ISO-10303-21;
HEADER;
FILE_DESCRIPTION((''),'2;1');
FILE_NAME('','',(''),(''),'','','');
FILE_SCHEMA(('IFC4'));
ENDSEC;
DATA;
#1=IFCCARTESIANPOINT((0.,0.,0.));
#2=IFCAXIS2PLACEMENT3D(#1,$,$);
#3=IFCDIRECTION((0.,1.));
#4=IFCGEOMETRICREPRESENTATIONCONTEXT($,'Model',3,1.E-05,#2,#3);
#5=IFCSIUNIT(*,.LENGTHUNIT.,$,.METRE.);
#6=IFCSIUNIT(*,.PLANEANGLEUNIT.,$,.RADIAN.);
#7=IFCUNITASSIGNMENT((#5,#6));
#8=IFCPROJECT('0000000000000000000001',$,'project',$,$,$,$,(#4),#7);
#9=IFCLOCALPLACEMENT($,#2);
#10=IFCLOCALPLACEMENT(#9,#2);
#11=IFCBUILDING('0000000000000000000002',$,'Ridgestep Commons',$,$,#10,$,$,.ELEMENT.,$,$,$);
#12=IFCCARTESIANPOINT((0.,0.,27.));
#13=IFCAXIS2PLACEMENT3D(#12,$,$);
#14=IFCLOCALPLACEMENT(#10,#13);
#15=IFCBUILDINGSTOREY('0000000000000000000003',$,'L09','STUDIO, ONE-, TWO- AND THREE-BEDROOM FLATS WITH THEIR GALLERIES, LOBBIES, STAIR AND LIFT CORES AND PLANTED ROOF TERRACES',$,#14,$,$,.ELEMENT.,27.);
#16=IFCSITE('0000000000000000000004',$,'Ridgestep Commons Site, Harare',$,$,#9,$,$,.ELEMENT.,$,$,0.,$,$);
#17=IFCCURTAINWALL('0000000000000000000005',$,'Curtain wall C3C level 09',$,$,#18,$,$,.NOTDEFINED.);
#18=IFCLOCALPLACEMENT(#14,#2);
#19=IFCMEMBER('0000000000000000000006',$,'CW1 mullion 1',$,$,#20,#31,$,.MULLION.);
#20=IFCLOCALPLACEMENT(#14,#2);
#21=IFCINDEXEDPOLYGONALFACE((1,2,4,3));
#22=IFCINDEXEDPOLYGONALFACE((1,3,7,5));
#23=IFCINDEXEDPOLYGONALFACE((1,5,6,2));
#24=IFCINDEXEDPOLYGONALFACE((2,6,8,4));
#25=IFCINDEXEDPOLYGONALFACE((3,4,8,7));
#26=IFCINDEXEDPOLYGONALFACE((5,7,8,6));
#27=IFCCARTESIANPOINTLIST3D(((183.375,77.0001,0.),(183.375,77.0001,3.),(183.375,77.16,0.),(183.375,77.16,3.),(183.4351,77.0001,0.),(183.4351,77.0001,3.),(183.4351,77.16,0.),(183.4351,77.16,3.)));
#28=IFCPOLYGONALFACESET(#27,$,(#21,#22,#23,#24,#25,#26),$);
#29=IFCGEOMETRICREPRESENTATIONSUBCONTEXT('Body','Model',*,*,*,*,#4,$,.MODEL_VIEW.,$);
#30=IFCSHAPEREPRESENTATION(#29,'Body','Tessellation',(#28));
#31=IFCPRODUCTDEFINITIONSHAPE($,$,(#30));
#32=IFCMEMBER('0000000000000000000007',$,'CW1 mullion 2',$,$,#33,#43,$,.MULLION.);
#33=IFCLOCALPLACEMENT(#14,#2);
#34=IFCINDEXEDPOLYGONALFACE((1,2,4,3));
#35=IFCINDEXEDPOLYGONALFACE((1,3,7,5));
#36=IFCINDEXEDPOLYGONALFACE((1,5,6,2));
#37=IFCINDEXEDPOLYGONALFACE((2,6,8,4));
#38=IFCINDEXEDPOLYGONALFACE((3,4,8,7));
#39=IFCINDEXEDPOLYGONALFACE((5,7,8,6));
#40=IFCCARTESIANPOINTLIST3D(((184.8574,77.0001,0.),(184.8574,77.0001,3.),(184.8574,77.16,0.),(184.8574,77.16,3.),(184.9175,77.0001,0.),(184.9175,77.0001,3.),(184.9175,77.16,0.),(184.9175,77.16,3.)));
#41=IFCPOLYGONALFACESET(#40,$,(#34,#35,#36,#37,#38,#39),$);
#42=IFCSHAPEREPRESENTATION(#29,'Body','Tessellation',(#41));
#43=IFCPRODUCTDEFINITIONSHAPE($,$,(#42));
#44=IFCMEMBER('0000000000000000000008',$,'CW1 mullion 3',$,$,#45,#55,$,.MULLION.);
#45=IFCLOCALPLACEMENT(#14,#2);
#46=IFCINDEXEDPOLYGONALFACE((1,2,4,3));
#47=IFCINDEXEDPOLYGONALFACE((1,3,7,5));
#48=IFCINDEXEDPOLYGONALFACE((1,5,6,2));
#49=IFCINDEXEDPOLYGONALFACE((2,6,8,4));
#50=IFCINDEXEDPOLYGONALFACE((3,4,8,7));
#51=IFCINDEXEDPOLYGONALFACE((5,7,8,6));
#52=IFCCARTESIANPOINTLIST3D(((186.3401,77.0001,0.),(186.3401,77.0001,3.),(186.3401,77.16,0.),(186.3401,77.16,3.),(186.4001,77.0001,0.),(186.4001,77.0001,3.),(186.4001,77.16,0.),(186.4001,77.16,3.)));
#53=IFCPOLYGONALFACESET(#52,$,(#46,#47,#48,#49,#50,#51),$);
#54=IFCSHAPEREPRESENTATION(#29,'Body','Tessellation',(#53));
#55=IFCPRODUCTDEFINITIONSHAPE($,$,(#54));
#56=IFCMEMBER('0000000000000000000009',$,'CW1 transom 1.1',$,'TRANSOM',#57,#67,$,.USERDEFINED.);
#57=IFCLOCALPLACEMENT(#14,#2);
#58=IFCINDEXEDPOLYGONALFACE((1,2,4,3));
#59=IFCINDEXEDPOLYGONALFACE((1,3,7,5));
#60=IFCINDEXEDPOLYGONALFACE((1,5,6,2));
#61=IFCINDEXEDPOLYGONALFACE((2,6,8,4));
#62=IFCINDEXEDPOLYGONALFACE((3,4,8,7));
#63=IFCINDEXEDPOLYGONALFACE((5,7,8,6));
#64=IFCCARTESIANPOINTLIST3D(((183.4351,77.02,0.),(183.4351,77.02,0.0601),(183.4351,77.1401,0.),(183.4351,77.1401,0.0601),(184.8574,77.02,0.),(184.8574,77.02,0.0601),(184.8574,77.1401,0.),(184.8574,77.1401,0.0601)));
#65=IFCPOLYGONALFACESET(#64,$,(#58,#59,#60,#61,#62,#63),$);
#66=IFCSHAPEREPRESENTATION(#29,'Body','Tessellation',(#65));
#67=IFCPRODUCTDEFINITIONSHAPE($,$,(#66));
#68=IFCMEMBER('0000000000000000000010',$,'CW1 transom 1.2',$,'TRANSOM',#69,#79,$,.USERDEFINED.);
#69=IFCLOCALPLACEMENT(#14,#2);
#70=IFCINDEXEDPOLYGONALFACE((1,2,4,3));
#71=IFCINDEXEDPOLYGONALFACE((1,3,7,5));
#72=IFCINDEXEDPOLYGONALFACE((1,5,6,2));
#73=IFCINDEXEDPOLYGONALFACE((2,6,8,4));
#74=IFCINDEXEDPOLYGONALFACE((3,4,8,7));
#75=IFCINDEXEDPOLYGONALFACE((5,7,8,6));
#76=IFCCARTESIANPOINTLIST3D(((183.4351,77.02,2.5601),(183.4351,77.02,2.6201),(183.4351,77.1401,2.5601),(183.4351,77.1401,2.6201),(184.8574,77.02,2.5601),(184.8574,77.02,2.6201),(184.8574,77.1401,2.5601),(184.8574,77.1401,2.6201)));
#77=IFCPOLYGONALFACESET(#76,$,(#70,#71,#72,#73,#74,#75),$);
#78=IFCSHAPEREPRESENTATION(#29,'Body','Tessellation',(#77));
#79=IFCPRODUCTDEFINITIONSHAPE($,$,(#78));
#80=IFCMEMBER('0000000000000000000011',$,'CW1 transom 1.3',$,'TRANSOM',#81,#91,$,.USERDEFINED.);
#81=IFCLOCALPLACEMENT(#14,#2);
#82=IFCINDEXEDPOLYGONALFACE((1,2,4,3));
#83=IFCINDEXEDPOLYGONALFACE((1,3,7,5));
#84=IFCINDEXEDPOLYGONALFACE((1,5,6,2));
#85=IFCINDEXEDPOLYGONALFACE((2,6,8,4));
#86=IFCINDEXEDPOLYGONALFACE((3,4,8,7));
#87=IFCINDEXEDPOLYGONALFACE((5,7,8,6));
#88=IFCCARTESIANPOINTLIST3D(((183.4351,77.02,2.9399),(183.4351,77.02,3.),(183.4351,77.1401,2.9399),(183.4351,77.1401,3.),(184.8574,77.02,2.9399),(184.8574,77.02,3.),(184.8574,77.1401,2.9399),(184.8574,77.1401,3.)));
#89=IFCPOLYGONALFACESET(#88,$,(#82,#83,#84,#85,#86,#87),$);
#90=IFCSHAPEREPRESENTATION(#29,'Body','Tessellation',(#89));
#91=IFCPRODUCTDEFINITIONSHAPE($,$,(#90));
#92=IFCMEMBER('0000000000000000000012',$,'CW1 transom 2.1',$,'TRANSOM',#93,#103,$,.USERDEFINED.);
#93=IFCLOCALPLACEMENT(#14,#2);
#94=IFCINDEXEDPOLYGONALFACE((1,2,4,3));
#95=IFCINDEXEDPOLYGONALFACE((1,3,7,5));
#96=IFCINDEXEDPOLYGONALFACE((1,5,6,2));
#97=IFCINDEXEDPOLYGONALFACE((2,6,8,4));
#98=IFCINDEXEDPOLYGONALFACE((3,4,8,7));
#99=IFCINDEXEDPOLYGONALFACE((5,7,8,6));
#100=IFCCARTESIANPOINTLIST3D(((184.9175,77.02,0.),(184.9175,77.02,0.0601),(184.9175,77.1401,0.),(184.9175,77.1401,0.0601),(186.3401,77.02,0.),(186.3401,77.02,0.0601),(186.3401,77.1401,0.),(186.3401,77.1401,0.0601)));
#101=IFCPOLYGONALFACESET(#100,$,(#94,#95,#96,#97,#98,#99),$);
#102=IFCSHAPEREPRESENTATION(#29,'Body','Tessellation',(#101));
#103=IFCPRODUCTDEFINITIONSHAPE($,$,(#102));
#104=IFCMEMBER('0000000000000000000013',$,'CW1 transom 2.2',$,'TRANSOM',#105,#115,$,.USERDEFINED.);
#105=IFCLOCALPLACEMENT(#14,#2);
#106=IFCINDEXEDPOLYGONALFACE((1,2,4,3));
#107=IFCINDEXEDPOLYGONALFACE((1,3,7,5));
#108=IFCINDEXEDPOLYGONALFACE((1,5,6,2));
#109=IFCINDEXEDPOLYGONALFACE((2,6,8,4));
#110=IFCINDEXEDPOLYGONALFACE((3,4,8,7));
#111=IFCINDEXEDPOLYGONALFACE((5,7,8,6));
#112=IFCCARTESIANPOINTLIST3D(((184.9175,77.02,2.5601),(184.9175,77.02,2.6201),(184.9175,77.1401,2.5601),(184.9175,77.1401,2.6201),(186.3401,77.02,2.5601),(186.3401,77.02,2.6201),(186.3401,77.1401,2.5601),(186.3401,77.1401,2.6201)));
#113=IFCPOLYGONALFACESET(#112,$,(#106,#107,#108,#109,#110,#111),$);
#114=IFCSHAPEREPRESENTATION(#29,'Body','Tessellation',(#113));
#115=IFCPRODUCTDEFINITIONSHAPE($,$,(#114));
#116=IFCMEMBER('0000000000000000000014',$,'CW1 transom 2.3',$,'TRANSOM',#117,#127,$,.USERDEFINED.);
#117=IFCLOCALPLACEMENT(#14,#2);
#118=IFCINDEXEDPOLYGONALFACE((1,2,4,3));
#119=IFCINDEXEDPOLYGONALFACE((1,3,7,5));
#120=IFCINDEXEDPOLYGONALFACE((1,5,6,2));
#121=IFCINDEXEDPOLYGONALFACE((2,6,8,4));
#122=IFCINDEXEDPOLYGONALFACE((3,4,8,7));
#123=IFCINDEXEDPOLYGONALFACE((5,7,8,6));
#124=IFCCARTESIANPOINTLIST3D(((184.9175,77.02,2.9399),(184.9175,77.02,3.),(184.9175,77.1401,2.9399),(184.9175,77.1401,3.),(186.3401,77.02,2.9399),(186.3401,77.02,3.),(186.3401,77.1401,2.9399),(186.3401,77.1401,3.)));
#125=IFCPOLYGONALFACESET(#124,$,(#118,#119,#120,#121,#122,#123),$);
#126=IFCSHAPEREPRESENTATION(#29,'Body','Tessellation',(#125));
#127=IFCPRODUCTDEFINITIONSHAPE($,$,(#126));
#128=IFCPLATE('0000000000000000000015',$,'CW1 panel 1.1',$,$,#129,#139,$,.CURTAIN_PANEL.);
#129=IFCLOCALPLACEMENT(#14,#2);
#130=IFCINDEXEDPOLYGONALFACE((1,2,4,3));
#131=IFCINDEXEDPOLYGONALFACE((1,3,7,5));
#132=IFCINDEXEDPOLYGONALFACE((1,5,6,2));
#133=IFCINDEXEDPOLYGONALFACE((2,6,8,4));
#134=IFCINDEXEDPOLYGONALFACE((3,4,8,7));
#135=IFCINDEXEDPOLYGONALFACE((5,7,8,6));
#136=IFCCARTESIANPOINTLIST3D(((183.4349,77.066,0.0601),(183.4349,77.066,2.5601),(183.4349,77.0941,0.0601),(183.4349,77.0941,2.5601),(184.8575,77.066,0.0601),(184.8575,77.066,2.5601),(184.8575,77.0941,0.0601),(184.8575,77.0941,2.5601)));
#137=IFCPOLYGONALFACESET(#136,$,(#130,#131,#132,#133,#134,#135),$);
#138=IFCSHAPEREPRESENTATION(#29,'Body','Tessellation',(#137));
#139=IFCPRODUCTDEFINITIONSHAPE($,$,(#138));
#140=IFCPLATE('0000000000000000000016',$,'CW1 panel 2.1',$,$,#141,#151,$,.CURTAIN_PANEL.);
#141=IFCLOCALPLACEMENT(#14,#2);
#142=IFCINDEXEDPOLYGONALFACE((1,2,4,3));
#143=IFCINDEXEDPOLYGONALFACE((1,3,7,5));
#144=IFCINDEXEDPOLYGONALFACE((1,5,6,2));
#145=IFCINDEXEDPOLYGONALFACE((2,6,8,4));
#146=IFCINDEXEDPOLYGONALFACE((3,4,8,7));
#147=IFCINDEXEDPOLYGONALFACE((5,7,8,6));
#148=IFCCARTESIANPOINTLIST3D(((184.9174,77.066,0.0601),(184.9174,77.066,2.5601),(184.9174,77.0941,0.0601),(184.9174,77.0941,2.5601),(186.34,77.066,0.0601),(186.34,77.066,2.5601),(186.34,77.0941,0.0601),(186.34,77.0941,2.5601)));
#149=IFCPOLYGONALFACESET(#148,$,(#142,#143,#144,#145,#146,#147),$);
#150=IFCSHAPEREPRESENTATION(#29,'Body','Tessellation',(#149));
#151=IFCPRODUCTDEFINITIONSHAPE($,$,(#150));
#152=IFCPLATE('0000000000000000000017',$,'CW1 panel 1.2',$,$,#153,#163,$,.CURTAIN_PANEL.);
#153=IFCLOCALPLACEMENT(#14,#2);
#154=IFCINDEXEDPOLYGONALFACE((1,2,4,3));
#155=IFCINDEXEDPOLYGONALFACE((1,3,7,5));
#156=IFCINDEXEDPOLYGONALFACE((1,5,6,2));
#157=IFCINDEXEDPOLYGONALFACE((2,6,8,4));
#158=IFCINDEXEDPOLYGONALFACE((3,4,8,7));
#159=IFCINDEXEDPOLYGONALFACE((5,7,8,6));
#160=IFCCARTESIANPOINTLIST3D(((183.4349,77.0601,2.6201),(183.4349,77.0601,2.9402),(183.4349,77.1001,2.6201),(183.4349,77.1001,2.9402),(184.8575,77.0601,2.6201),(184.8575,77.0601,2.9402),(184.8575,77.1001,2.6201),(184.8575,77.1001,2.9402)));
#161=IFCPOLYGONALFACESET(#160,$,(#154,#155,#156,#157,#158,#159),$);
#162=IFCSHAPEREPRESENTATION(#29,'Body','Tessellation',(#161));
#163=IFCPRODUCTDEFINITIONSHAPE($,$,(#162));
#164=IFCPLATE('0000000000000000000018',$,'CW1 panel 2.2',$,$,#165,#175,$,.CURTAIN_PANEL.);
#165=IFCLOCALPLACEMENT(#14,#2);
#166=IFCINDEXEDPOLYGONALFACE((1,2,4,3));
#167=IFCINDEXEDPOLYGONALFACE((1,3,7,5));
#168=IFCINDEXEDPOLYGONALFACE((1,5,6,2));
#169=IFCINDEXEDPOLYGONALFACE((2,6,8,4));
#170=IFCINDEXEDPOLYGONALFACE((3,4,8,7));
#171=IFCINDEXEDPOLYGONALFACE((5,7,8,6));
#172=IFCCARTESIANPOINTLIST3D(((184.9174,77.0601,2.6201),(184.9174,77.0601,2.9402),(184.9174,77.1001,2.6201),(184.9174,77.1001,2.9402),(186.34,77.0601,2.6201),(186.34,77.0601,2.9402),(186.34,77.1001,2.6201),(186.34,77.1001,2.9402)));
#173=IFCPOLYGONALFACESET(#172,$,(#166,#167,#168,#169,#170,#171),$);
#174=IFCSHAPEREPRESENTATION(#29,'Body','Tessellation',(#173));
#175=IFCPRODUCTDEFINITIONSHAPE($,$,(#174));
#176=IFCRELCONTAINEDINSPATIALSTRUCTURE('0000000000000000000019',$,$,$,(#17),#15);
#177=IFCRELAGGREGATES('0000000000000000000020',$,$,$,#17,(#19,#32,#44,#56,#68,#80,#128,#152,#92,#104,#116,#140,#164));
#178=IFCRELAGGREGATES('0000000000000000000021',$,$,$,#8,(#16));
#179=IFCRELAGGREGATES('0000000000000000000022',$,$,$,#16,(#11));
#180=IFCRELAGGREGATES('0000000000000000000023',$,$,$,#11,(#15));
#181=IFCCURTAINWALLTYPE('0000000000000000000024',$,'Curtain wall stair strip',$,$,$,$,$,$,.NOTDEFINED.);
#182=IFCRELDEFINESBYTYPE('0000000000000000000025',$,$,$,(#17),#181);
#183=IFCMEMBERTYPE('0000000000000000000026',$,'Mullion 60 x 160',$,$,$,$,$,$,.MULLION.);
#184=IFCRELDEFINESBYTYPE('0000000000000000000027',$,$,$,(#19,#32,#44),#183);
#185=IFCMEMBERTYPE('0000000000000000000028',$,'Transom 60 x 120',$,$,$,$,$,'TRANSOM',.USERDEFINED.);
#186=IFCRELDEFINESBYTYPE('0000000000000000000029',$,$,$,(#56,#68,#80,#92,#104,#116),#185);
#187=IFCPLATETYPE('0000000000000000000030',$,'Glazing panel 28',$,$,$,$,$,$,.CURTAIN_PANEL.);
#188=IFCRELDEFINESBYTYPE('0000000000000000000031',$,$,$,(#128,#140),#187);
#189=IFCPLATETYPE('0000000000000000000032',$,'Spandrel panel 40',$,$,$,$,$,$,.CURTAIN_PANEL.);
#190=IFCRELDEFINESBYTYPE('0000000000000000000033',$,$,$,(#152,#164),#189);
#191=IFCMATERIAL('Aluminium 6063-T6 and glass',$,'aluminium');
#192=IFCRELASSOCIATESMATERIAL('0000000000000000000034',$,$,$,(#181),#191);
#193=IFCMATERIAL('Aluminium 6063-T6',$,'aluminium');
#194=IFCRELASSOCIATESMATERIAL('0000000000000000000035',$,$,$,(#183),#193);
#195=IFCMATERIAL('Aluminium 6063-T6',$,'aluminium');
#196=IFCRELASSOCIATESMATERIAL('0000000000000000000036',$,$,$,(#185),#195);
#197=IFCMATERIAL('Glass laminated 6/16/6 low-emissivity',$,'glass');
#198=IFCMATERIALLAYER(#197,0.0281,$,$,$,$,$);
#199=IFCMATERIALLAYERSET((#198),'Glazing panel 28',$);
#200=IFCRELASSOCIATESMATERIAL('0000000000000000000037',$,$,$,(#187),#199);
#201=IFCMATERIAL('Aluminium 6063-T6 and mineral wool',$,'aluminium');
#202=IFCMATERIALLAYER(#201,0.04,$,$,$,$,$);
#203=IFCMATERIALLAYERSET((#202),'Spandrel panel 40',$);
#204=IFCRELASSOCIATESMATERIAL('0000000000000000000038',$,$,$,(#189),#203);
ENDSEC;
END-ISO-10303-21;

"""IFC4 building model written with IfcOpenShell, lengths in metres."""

from ifc_helpers import new_model, si_unit, direction, frame, origin, origin_2d, place, context, subcontext, project, spatial, rectangle, extrude, material, layer, layer_set, material_profile, profile_set, type_object, element, aggregate, save


model = new_model("IFC4")

# Units and contexts
model_context = context("Model", 3, precision=1e-05, world=origin(), true_north=direction((0.0, 1.0)))
body_context = subcontext(model_context, "Body", "Model", "MODEL_VIEW")
ifc_project = project(units=[si_unit("LENGTHUNIT", "METRE"), si_unit("PLANEANGLEUNIT", "RADIAN")], contexts=[model_context])

# Site, building, storey
site_placement = place(None, origin())
site = spatial("IfcSite", under=ifc_project, at=site_placement, Name="Ridgestep Commons Site, Harare", CompositionType="ELEMENT", RefElevation=0.0)
building_placement = place(site_placement, origin())
building = spatial("IfcBuilding", under=site, at=building_placement, Name="Ridgestep Commons", CompositionType="ELEMENT")
storey_placement = place(building_placement, frame((0.0, 0.0, 27.0)))
storey = spatial("IfcBuildingStorey", under=building, at=storey_placement, Name="L09", Description="STUDIO, ONE-, TWO- AND THREE-BEDROOM FLATS WITH THEIR GALLERIES, LOBBIES, STAIR AND LIFT CORES AND PLANTED ROOF TERRACES", CompositionType="ELEMENT", Elevation=27.0)

# Curtain wall, members, plates
ifc_material_1 = material(Name="Aluminium 6063-T6 and glass", Category="aluminium")
curtain_wall_type = type_object("IfcCurtainWallType", Name="Curtain wall stair strip", PredefinedType="NOTDEFINED", material=ifc_material_1)
curtain_wall_placement = place(storey_placement, origin())
curtain_wall = element("IfcCurtainWall", 1, at=curtain_wall_placement, inside=storey, type_object=curtain_wall_type, Name="Curtain wall C3C level 09", PredefinedType="NOTDEFINED")
ifc_material_2 = material(Name="Aluminium 6063-T6", Category="aluminium")
ifc_material_profile_1 = material_profile(ifc_material_2, rectangle(XDim=0.1599, YDim=0.0601, at=origin_2d()), Name="Mullion 60 x 160")
ifc_profile_set_1 = profile_set([ifc_material_profile_1], Name="Aluminium 6063-T6")
member_type_1 = type_object("IfcMemberType", Name="Mullion 60 x 160", PredefinedType="MULLION", material=ifc_profile_set_1)
member_1_placement = place(storey_placement, frame((183.405, 77.0801, 0.0), z_axis=(0.0, 0.0, 1.0), x_axis=(0.0, 1.0, 0.0)))
member_1 = element("IfcMember", 2, at=member_1_placement, type_object=member_type_1, Name="CW1 mullion 1", PredefinedType="MULLION", context=body_context, shape_type="SweptSolid", body=[
    extrude(rectangle(XDim=0.1599, YDim=0.0601, at=origin_2d()), origin(), (0.0, 0.0, 1.0), 3.0),
])
member_2_placement = place(storey_placement, frame((184.8875, 77.0801, 0.0), z_axis=(0.0, 0.0, 1.0), x_axis=(0.0, 1.0, 0.0)))
member_2 = element("IfcMember", 3, at=member_2_placement, type_object=member_type_1, Name="CW1 mullion 2", PredefinedType="MULLION", context=body_context, shape_type="SweptSolid", body=[
    extrude(rectangle(XDim=0.1599, YDim=0.0601, at=origin_2d()), origin(), (0.0, 0.0, 1.0), 3.0),
])
member_3_placement = place(storey_placement, frame((186.3701, 77.0801, 0.0), z_axis=(0.0, 0.0, 1.0), x_axis=(0.0, 1.0, 0.0)))
member_3 = element("IfcMember", 4, at=member_3_placement, type_object=member_type_1, Name="CW1 mullion 3", PredefinedType="MULLION", context=body_context, shape_type="SweptSolid", body=[
    extrude(rectangle(XDim=0.1599, YDim=0.0601, at=origin_2d()), origin(), (0.0, 0.0, 1.0), 3.0),
])
ifc_material_3 = material(Name="Aluminium 6063-T6", Category="aluminium")
ifc_material_profile_2 = material_profile(ifc_material_3, rectangle(XDim=0.1201, YDim=0.0601, at=origin_2d()), Name="Transom 60 x 120")
ifc_profile_set_2 = profile_set([ifc_material_profile_2], Name="Aluminium 6063-T6")
member_type_2 = type_object("IfcMemberType", Name="Transom 60 x 120", ElementType="TRANSOM", PredefinedType="USERDEFINED", material=ifc_profile_set_2)
member_4_placement = place(storey_placement, frame((183.4351, 77.0801, 0.03), z_axis=(1.0, 0.0, 0.0), x_axis=(0.0, 1.0, 0.0)))
member_4 = element("IfcMember", 5, at=member_4_placement, type_object=member_type_2, Name="CW1 transom 1.1", ObjectType="TRANSOM", PredefinedType="USERDEFINED", context=body_context, shape_type="SweptSolid", body=[
    extrude(rectangle(XDim=0.1201, YDim=0.0601, at=origin_2d()), origin(), (0.0, 0.0, 1.0), 1.4224),
])
member_5_placement = place(storey_placement, frame((183.4351, 77.0801, 2.5901), z_axis=(1.0, 0.0, 0.0), x_axis=(0.0, 1.0, 0.0)))
member_5 = element("IfcMember", 6, at=member_5_placement, type_object=member_type_2, Name="CW1 transom 1.2", ObjectType="TRANSOM", PredefinedType="USERDEFINED", context=body_context, shape_type="SweptSolid", body=[
    extrude(rectangle(XDim=0.1201, YDim=0.0601, at=origin_2d()), origin(), (0.0, 0.0, 1.0), 1.4224),
])
member_6_placement = place(storey_placement, frame((183.4351, 77.0801, 2.97), z_axis=(1.0, 0.0, 0.0), x_axis=(0.0, 1.0, 0.0)))
member_6 = element("IfcMember", 7, at=member_6_placement, type_object=member_type_2, Name="CW1 transom 1.3", ObjectType="TRANSOM", PredefinedType="USERDEFINED", context=body_context, shape_type="SweptSolid", body=[
    extrude(rectangle(XDim=0.1201, YDim=0.0601, at=origin_2d()), origin(), (0.0, 0.0, 1.0), 1.4224),
])
member_7_placement = place(storey_placement, frame((184.9175, 77.0801, 0.03), z_axis=(1.0, 0.0, 0.0), x_axis=(0.0, 1.0, 0.0)))
member_7 = element("IfcMember", 8, at=member_7_placement, type_object=member_type_2, Name="CW1 transom 2.1", ObjectType="TRANSOM", PredefinedType="USERDEFINED", context=body_context, shape_type="SweptSolid", body=[
    extrude(rectangle(XDim=0.1201, YDim=0.0601, at=origin_2d()), origin(), (0.0, 0.0, 1.0), 1.4226),
])
member_8_placement = place(storey_placement, frame((184.9175, 77.0801, 2.5901), z_axis=(1.0, 0.0, 0.0), x_axis=(0.0, 1.0, 0.0)))
member_8 = element("IfcMember", 9, at=member_8_placement, type_object=member_type_2, Name="CW1 transom 2.2", ObjectType="TRANSOM", PredefinedType="USERDEFINED", context=body_context, shape_type="SweptSolid", body=[
    extrude(rectangle(XDim=0.1201, YDim=0.0601, at=origin_2d()), origin(), (0.0, 0.0, 1.0), 1.4226),
])
member_9_placement = place(storey_placement, frame((184.9175, 77.0801, 2.97), z_axis=(1.0, 0.0, 0.0), x_axis=(0.0, 1.0, 0.0)))
member_9 = element("IfcMember", 10, at=member_9_placement, type_object=member_type_2, Name="CW1 transom 2.3", ObjectType="TRANSOM", PredefinedType="USERDEFINED", context=body_context, shape_type="SweptSolid", body=[
    extrude(rectangle(XDim=0.1201, YDim=0.0601, at=origin_2d()), origin(), (0.0, 0.0, 1.0), 1.4226),
])
ifc_material_4 = material(Name="Glass laminated 6/16/6 low-emissivity", Category="glass")
ifc_layer_1 = layer(ifc_material_4, 0.0281)
ifc_layer_set_1 = layer_set([ifc_layer_1], Name="Glazing panel 28")
plate_type_1 = type_object("IfcPlateType", Name="Glazing panel 28", PredefinedType="CURTAIN_PANEL", material=ifc_layer_set_1)
plate_1_placement = place(storey_placement, frame((184.1462, 77.0801, 0.0601), z_axis=(0.0, 0.0, 1.0), x_axis=(1.0, 0.0, 0.0)))
plate_1 = element("IfcPlate", 11, at=plate_1_placement, type_object=plate_type_1, Name="CW1 panel 1.1", PredefinedType="CURTAIN_PANEL", context=body_context, shape_type="SweptSolid", body=[
    extrude(rectangle(XDim=1.4226, YDim=0.0281, at=origin_2d()), origin(), (0.0, 0.0, 1.0), 2.5),
])
plate_2_placement = place(storey_placement, frame((185.6287, 77.0801, 0.0601), z_axis=(0.0, 0.0, 1.0), x_axis=(1.0, 0.0, 0.0)))
plate_2 = element("IfcPlate", 12, at=plate_2_placement, type_object=plate_type_1, Name="CW1 panel 2.1", PredefinedType="CURTAIN_PANEL", context=body_context, shape_type="SweptSolid", body=[
    extrude(rectangle(XDim=1.4226, YDim=0.0281, at=origin_2d()), origin(), (0.0, 0.0, 1.0), 2.5),
])
ifc_material_5 = material(Name="Aluminium 6063-T6 and mineral wool", Category="aluminium")
ifc_layer_2 = layer(ifc_material_5, 0.04)
ifc_layer_set_2 = layer_set([ifc_layer_2], Name="Spandrel panel 40")
plate_type_2 = type_object("IfcPlateType", Name="Spandrel panel 40", PredefinedType="CURTAIN_PANEL", material=ifc_layer_set_2)
plate_3_placement = place(storey_placement, frame((184.1462, 77.0801, 2.6201), z_axis=(0.0, 0.0, 1.0), x_axis=(1.0, 0.0, 0.0)))
plate_3 = element("IfcPlate", 13, at=plate_3_placement, type_object=plate_type_2, Name="CW1 panel 1.2", PredefinedType="CURTAIN_PANEL", context=body_context, shape_type="SweptSolid", body=[
    extrude(rectangle(XDim=1.4226, YDim=0.04, at=origin_2d()), origin(), (0.0, 0.0, 1.0), 0.3201),
])
plate_4_placement = place(storey_placement, frame((185.6287, 77.0801, 2.6201), z_axis=(0.0, 0.0, 1.0), x_axis=(1.0, 0.0, 0.0)))
plate_4 = element("IfcPlate", 14, at=plate_4_placement, type_object=plate_type_2, Name="CW1 panel 2.2", PredefinedType="CURTAIN_PANEL", context=body_context, shape_type="SweptSolid", body=[
    extrude(rectangle(XDim=1.4226, YDim=0.04, at=origin_2d()), origin(), (0.0, 0.0, 1.0), 0.3201),
])
aggregate(curtain_wall, [member_1, member_2, member_3, member_4, member_5, member_6, plate_1, plate_3, member_7, member_8, member_9, plate_2, plate_4])

save(model, "model.ifc")
